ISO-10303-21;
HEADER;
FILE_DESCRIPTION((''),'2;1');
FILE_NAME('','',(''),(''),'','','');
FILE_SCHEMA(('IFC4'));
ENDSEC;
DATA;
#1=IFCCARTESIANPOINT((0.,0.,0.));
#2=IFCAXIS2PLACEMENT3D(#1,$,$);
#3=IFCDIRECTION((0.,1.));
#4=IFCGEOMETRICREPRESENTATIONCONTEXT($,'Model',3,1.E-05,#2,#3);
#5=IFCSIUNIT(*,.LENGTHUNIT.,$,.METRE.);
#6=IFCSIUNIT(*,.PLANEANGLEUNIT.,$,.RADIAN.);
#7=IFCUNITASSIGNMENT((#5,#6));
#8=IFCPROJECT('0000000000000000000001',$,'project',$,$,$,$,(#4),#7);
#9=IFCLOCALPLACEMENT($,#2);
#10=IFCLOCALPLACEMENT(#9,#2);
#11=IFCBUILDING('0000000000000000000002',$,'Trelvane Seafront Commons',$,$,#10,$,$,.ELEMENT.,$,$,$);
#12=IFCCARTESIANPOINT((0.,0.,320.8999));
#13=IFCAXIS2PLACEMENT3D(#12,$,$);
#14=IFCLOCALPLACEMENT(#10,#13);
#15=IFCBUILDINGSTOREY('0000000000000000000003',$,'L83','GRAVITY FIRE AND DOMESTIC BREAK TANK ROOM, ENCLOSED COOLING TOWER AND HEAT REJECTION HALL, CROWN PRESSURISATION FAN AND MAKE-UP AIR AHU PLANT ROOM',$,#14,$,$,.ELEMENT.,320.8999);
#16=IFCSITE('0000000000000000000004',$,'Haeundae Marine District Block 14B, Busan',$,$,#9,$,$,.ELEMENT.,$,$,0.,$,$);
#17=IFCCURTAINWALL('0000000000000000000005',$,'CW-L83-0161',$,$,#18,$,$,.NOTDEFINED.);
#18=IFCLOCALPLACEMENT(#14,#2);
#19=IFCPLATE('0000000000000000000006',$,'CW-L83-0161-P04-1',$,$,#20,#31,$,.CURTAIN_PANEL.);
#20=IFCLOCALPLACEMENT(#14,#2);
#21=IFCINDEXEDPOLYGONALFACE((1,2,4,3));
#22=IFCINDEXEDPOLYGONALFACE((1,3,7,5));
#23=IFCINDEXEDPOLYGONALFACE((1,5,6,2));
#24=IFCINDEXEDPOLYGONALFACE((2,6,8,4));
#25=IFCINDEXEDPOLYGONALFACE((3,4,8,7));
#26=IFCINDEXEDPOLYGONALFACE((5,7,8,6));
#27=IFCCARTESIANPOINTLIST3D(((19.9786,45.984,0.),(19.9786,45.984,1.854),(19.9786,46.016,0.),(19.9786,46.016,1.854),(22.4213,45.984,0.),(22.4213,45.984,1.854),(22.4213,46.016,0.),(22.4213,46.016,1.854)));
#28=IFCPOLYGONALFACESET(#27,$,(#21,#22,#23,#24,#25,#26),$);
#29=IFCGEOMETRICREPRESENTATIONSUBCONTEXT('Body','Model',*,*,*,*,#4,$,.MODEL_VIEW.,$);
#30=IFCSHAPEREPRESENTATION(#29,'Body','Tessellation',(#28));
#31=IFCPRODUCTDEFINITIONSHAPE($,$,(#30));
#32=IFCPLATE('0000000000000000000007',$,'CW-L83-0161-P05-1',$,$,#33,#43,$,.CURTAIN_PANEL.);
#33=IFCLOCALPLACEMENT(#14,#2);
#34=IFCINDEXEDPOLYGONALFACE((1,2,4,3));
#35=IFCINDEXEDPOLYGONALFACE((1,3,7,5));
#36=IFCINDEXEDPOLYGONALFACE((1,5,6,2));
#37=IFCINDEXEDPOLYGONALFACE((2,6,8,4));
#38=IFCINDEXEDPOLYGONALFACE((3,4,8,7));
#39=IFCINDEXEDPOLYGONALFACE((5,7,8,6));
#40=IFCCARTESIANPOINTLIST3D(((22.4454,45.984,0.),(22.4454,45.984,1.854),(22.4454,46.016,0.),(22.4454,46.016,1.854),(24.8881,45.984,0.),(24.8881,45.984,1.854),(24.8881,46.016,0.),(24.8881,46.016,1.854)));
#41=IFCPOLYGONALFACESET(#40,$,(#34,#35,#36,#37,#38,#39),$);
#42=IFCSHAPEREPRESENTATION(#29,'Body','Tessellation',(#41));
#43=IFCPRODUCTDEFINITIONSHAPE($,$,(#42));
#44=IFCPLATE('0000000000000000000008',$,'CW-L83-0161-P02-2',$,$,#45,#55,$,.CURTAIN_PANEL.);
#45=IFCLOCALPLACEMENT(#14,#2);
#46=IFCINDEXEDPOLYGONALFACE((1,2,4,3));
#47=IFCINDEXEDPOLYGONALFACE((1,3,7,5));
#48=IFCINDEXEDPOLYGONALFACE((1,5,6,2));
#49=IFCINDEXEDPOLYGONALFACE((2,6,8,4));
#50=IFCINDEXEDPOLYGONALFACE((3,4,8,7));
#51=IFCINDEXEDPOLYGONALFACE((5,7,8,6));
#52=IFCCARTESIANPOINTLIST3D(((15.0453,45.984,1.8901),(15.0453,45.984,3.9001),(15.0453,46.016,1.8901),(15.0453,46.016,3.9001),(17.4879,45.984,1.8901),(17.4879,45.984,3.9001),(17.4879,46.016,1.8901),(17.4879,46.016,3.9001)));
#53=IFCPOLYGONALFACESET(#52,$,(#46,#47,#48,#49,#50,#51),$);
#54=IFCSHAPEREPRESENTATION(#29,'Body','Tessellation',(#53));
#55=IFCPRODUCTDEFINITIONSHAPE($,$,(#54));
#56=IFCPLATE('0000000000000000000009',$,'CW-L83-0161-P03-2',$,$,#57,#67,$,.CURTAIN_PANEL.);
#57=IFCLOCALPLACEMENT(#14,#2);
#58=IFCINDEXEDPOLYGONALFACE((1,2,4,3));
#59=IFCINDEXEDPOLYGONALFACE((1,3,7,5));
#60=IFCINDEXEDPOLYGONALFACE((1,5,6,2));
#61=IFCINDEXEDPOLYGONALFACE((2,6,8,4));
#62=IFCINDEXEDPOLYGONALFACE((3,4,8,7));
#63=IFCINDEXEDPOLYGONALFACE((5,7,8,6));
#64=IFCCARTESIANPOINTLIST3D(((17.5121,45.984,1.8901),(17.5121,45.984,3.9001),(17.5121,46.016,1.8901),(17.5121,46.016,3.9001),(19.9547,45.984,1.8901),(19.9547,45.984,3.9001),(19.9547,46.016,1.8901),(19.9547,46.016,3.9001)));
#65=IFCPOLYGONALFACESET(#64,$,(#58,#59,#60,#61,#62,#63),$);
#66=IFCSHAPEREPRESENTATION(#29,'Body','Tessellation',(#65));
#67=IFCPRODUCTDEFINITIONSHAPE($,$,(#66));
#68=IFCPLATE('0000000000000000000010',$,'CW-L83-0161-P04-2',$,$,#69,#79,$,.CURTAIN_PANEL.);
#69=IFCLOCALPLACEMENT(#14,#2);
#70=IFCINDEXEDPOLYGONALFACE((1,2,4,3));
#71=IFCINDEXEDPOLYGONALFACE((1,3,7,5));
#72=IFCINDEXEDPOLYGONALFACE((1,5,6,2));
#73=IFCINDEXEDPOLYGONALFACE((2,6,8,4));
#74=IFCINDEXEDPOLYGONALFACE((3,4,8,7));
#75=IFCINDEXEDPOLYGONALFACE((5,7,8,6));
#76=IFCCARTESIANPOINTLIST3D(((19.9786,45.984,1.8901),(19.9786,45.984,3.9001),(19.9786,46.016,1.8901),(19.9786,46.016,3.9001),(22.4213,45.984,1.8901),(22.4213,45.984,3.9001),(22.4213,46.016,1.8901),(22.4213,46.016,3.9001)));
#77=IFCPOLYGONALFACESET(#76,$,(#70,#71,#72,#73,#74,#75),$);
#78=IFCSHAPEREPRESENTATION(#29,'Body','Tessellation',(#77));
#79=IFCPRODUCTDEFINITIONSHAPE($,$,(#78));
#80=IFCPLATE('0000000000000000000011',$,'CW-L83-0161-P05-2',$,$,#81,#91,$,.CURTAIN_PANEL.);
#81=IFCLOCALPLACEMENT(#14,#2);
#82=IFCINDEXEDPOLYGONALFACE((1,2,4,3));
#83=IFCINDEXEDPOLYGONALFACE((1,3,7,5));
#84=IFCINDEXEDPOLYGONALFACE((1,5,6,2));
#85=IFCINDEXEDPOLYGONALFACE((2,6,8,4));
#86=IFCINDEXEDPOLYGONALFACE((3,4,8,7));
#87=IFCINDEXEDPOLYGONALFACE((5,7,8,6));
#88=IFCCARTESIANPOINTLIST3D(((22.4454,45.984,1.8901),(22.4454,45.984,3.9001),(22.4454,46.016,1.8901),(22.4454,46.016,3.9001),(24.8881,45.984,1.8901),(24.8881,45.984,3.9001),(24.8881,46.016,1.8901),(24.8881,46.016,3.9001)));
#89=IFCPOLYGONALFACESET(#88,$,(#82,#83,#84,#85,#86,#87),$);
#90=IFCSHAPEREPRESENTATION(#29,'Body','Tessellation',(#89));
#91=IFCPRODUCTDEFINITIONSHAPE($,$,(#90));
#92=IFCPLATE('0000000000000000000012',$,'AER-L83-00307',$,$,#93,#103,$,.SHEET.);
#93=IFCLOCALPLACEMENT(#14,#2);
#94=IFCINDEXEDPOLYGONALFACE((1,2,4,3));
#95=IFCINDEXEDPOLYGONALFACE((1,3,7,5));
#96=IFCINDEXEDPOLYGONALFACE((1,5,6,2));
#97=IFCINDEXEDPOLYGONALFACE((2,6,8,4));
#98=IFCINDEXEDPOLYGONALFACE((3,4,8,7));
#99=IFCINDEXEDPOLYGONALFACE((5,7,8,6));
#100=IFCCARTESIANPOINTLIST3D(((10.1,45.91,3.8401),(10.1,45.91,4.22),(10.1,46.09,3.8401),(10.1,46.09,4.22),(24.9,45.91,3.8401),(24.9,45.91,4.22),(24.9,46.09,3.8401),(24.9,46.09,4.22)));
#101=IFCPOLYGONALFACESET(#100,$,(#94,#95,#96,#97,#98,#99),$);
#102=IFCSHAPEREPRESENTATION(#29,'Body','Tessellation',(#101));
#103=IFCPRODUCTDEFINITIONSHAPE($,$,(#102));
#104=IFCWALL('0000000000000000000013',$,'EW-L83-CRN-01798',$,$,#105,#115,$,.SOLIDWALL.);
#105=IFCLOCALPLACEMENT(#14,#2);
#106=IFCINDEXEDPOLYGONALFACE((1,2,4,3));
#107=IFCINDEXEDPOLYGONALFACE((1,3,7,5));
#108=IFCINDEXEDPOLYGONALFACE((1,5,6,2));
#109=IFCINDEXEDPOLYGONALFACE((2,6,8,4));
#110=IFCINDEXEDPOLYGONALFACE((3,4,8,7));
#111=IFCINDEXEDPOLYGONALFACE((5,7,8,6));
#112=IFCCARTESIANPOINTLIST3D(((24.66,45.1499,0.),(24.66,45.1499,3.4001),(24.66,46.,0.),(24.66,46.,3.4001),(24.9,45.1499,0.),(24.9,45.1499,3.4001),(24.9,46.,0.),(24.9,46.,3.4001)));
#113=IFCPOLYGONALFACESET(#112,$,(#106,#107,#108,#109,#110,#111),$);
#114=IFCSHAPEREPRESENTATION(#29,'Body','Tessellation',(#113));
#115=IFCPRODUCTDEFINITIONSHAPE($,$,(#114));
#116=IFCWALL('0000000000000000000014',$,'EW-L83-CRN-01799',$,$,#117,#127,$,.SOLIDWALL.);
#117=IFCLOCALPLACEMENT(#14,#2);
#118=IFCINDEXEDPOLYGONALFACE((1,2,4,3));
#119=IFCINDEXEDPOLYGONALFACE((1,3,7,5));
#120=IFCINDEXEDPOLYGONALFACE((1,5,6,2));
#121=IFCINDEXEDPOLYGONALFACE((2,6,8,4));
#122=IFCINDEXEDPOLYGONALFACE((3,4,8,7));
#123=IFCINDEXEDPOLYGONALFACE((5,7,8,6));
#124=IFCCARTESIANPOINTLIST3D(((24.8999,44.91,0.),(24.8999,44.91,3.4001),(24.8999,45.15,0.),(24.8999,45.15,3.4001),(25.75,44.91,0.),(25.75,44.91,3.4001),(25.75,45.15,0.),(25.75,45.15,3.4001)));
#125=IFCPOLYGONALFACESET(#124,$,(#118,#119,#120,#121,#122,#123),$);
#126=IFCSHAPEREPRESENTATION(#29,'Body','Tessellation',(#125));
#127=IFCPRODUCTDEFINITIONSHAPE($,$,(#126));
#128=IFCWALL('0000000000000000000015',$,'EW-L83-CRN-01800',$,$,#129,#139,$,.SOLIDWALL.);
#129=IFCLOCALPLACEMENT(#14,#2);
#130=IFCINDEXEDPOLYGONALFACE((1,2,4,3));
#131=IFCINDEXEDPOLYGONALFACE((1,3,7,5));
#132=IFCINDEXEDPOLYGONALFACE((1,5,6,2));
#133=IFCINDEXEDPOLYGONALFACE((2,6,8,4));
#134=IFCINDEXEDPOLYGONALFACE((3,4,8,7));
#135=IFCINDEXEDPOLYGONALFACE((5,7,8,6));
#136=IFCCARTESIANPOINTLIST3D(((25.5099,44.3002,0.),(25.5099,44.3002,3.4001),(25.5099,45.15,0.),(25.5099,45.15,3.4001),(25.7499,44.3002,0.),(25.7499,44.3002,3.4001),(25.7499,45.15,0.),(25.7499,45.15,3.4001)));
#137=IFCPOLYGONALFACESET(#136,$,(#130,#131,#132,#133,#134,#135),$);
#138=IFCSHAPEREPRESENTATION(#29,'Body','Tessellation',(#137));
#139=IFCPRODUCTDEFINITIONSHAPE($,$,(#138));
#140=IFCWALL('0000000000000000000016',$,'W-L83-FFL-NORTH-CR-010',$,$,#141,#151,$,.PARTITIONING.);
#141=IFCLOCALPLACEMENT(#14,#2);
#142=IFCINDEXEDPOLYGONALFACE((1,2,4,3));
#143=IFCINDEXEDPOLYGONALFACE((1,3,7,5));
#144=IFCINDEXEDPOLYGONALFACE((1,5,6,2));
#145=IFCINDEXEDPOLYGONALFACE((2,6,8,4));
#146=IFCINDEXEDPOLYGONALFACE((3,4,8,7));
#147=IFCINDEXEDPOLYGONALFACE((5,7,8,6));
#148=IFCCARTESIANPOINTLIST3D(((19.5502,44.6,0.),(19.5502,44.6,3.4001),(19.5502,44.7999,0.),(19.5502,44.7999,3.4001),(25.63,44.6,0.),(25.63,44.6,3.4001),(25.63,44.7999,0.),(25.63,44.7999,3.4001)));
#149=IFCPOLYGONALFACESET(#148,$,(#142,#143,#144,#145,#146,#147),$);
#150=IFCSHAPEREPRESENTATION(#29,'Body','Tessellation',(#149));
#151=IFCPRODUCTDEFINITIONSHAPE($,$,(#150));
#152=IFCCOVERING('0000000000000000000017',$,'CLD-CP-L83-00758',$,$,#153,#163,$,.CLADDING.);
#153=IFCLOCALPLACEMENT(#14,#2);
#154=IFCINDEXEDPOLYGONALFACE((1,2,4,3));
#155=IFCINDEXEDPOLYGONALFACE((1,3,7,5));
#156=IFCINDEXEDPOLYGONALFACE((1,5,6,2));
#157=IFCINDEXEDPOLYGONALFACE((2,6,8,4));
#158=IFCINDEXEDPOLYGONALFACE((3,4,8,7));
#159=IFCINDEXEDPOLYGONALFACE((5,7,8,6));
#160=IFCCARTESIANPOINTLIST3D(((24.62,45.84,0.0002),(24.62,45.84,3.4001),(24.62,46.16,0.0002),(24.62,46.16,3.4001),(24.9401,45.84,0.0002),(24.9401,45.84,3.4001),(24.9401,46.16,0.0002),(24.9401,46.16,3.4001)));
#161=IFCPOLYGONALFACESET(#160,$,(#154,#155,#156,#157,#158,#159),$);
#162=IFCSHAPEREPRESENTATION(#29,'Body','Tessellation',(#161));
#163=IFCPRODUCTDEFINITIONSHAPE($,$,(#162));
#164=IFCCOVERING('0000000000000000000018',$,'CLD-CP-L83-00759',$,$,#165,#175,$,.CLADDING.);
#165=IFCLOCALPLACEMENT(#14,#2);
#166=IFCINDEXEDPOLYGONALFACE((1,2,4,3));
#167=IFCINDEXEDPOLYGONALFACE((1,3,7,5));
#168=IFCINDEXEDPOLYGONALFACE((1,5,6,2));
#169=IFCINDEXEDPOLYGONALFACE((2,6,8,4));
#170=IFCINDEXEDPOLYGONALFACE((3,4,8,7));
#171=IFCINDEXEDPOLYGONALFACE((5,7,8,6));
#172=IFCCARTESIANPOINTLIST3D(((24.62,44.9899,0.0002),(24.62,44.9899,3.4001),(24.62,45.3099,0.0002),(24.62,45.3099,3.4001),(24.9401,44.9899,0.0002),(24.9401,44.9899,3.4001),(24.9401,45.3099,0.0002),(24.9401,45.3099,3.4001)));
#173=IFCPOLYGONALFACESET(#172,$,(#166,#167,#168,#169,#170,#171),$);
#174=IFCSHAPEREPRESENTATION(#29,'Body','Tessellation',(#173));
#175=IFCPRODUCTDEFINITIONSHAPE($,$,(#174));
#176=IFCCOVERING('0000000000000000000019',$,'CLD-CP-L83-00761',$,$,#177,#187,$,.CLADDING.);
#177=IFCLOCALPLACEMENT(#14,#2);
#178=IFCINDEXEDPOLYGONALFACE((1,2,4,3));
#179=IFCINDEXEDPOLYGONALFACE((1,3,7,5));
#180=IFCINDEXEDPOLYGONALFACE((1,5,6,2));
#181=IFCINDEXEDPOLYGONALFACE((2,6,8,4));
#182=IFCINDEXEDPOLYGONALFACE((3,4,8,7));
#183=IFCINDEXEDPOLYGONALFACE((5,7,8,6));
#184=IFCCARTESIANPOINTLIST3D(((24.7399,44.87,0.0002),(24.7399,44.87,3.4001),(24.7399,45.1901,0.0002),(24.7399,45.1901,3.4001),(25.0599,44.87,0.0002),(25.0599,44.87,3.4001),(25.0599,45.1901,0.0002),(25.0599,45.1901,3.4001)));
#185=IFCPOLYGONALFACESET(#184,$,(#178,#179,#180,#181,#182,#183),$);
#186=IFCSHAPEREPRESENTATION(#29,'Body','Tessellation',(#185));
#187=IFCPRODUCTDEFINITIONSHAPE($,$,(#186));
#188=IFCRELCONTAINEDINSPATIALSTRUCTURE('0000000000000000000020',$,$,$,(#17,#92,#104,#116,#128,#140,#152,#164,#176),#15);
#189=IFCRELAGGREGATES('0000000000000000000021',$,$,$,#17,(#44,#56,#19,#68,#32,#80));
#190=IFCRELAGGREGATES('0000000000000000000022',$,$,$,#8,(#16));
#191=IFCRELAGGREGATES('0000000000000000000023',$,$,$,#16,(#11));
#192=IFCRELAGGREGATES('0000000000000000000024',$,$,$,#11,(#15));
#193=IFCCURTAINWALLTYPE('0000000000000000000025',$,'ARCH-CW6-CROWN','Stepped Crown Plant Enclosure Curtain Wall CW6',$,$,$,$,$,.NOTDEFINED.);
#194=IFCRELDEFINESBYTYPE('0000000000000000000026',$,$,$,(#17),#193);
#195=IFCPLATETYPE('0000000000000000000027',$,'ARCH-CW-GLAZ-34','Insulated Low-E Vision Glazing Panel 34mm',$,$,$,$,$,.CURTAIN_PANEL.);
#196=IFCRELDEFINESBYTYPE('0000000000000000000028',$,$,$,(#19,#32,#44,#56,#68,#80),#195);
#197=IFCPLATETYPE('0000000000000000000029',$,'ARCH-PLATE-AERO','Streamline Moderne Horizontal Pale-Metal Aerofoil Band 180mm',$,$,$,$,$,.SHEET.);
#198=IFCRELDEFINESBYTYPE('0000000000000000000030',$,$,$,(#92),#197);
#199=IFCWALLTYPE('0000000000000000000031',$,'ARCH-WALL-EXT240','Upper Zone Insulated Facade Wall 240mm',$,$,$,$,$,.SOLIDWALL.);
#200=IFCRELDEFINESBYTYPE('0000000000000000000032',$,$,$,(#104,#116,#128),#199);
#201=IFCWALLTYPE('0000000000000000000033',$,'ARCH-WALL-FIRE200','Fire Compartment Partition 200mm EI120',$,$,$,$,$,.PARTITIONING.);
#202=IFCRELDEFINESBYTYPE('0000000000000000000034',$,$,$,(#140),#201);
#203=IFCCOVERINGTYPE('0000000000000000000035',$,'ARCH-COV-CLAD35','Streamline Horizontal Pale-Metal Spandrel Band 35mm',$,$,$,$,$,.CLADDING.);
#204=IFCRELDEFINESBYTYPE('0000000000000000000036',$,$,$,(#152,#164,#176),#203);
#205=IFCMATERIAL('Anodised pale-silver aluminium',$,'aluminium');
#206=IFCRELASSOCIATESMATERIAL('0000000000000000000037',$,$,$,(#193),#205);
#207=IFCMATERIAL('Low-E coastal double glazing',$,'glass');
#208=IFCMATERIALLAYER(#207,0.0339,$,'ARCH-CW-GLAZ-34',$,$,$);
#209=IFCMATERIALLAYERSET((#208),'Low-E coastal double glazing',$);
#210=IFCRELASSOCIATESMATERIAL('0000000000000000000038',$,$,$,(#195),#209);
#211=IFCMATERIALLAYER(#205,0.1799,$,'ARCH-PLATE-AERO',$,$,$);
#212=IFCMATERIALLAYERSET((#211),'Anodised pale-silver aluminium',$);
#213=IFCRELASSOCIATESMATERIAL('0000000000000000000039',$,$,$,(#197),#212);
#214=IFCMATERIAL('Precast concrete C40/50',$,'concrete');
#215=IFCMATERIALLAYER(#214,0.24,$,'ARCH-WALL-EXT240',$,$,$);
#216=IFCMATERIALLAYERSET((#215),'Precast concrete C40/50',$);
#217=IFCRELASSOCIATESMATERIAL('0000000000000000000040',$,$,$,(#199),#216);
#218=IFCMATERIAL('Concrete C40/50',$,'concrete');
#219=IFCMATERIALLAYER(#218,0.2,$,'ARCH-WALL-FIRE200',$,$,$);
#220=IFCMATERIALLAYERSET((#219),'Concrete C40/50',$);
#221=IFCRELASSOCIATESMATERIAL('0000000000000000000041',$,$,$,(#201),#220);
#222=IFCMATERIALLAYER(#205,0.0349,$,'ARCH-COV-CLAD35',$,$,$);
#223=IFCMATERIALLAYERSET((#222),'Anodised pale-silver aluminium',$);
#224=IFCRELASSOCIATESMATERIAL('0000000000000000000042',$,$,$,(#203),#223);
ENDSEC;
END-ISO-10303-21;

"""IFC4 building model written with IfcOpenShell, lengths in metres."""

from ifc_helpers import new_model, si_unit, direction, frame, frame_2d, origin, origin_2d, place, context, subcontext, project, spatial, rectangle, extrude, source, transform, mapped, material, layer, layer_set, type_object, element, aggregate, save


model = new_model("IFC4")

# Units and contexts
model_context = context("Model", 3, precision=1e-05, world=origin(), true_north=direction((0.0, 1.0)))
body_context = subcontext(model_context, "Body", "Model", "MODEL_VIEW")
ifc_project = project(units=[si_unit("LENGTHUNIT", "METRE"), si_unit("PLANEANGLEUNIT", "RADIAN")], contexts=[model_context])

# Site, building, storey
site_placement = place(None, origin())
site = spatial("IfcSite", under=ifc_project, at=site_placement, Name="Haeundae Marine District Block 14B, Busan", CompositionType="ELEMENT", RefElevation=0.0)
building_placement = place(site_placement, origin())
building = spatial("IfcBuilding", under=site, at=building_placement, Name="Trelvane Seafront Commons", CompositionType="ELEMENT")
storey_placement = place(building_placement, frame((0.0, 0.0, 320.8999)))
storey = spatial("IfcBuildingStorey", under=building, at=storey_placement, Name="L83", Description="GRAVITY FIRE AND DOMESTIC BREAK TANK ROOM, ENCLOSED COOLING TOWER AND HEAT REJECTION HALL, CROWN PRESSURISATION FAN AND MAKE-UP AIR AHU PLANT ROOM", CompositionType="ELEMENT", Elevation=320.8999)

# Curtain wall
ifc_material_1 = material(Name="Anodised pale-silver aluminium", Category="aluminium")
curtain_wall_type = type_object("IfcCurtainWallType", Name="ARCH-CW6-CROWN", Description="Stepped Crown Plant Enclosure Curtain Wall CW6", PredefinedType="NOTDEFINED", material=ifc_material_1)
curtain_wall_placement = place(storey_placement, origin())
curtain_wall = element("IfcCurtainWall", 1, at=curtain_wall_placement, inside=storey, type_object=curtain_wall_type, Name="CW-L83-0161", PredefinedType="NOTDEFINED")

# Plates
ifc_material_2 = material(Name="Low-E coastal double glazing", Category="glass")
ifc_layer_1 = layer(ifc_material_2, 0.0339, Name="ARCH-CW-GLAZ-34")
ifc_layer_set_1 = layer_set([ifc_layer_1], Name="Low-E coastal double glazing")
plate_type_1 = type_object("IfcPlateType", Name="ARCH-CW-GLAZ-34", Description="Insulated Low-E Vision Glazing Panel 34mm", PredefinedType="CURTAIN_PANEL", material=ifc_layer_set_1)
shared_shape_1 = source(origin(), body_context, "Body", "SweptSolid", [
    extrude(rectangle(XDim=2.4426, YDim=0.032, at=origin_2d()), origin(), (0.0, 0.0, 1.0), 1.854),
])
plate_1_placement = place(storey_placement, frame((21.2, 46.0, 0.0), z_axis=(0.0, 0.0, 1.0), x_axis=(1.0, 0.0, 0.0)))
plate_1 = element("IfcPlate", 2, at=plate_1_placement, type_object=plate_type_1, Name="CW-L83-0161-P04-1", PredefinedType="CURTAIN_PANEL", context=body_context, shape_type="MappedRepresentation", body=[
    mapped(shared_shape_1, transform((0.0, 0.0, 0.0), x_axis=(1.0, 0.0, 0.0), y_axis=(0.0, 1.0, 0.0), z_axis=(0.0, 0.0, 1.0), scale=1.0)),
])
plate_2_placement = place(storey_placement, frame((23.6667, 46.0, 0.0), z_axis=(0.0, 0.0, 1.0), x_axis=(1.0, 0.0, 0.0)))
plate_2 = element("IfcPlate", 3, at=plate_2_placement, type_object=plate_type_1, Name="CW-L83-0161-P05-1", PredefinedType="CURTAIN_PANEL", context=body_context, shape_type="MappedRepresentation", body=[
    mapped(shared_shape_1, transform((0.0, 0.0, 0.0), x_axis=(1.0, 0.0, 0.0), y_axis=(0.0, 1.0, 0.0), z_axis=(0.0, 0.0, 1.0), scale=1.0)),
])
shared_shape_2 = source(origin(), body_context, "Body", "SweptSolid", [
    extrude(rectangle(XDim=2.4426, YDim=0.032, at=origin_2d()), origin(), (0.0, 0.0, 1.0), 2.01),
])
plate_3_placement = place(storey_placement, frame((16.2666, 46.0, 1.8901), z_axis=(0.0, 0.0, 1.0), x_axis=(1.0, 0.0, 0.0)))
plate_3 = element("IfcPlate", 4, at=plate_3_placement, type_object=plate_type_1, Name="CW-L83-0161-P02-2", PredefinedType="CURTAIN_PANEL", context=body_context, shape_type="MappedRepresentation", body=[
    mapped(shared_shape_2, transform((0.0, 0.0, 0.0), x_axis=(1.0, 0.0, 0.0), y_axis=(0.0, 1.0, 0.0), z_axis=(0.0, 0.0, 1.0), scale=1.0)),
])
plate_4_placement = place(storey_placement, frame((18.7334, 46.0, 1.8901), z_axis=(0.0, 0.0, 1.0), x_axis=(1.0, 0.0, 0.0)))
plate_4 = element("IfcPlate", 5, at=plate_4_placement, type_object=plate_type_1, Name="CW-L83-0161-P03-2", PredefinedType="CURTAIN_PANEL", context=body_context, shape_type="MappedRepresentation", body=[
    mapped(shared_shape_2, transform((0.0, 0.0, 0.0), x_axis=(1.0, 0.0, 0.0), y_axis=(0.0, 1.0, 0.0), z_axis=(0.0, 0.0, 1.0), scale=1.0)),
])
plate_5_placement = place(storey_placement, frame((21.2, 46.0, 1.8901), z_axis=(0.0, 0.0, 1.0), x_axis=(1.0, 0.0, 0.0)))
plate_5 = element("IfcPlate", 6, at=plate_5_placement, type_object=plate_type_1, Name="CW-L83-0161-P04-2", PredefinedType="CURTAIN_PANEL", context=body_context, shape_type="MappedRepresentation", body=[
    mapped(shared_shape_2, transform((0.0, 0.0, 0.0), x_axis=(1.0, 0.0, 0.0), y_axis=(0.0, 1.0, 0.0), z_axis=(0.0, 0.0, 1.0), scale=1.0)),
])
plate_6_placement = place(storey_placement, frame((23.6667, 46.0, 1.8901), z_axis=(0.0, 0.0, 1.0), x_axis=(1.0, 0.0, 0.0)))
plate_6 = element("IfcPlate", 7, at=plate_6_placement, type_object=plate_type_1, Name="CW-L83-0161-P05-2", PredefinedType="CURTAIN_PANEL", context=body_context, shape_type="MappedRepresentation", body=[
    mapped(shared_shape_2, transform((0.0, 0.0, 0.0), x_axis=(1.0, 0.0, 0.0), y_axis=(0.0, 1.0, 0.0), z_axis=(0.0, 0.0, 1.0), scale=1.0)),
])
aggregate(curtain_wall, [plate_3, plate_4, plate_1, plate_5, plate_2, plate_6])
ifc_layer_2 = layer(ifc_material_1, 0.1799, Name="ARCH-PLATE-AERO")
ifc_layer_set_2 = layer_set([ifc_layer_2], Name="Anodised pale-silver aluminium")
plate_type_2 = type_object("IfcPlateType", Name="ARCH-PLATE-AERO", Description="Streamline Moderne Horizontal Pale-Metal Aerofoil Band 180mm", PredefinedType="SHEET", material=ifc_layer_set_2)
shared_shape_3 = source(origin(), body_context, "Body", "SweptSolid", [
    extrude(rectangle(XDim=14.8, YDim=0.1799, at=origin_2d()), origin(), (0.0, 0.0, 1.0), 0.3799),
])
plate_7_placement = place(storey_placement, frame((17.5, 46.0, 3.8401), z_axis=(0.0, 0.0, 1.0), x_axis=(1.0, 0.0, 0.0)))
element("IfcPlate", 8, at=plate_7_placement, inside=storey, type_object=plate_type_2, Name="AER-L83-00307", PredefinedType="SHEET", context=body_context, shape_type="MappedRepresentation", body=[
    mapped(shared_shape_3, transform((0.0, 0.0, 0.0), x_axis=(1.0, 0.0, 0.0), y_axis=(0.0, 1.0, 0.0), z_axis=(0.0, 0.0, 1.0), scale=1.0)),
])

# Walls
ifc_material_3 = material(Name="Precast concrete C40/50", Category="concrete")
ifc_layer_3 = layer(ifc_material_3, 0.24, Name="ARCH-WALL-EXT240")
ifc_layer_set_3 = layer_set([ifc_layer_3], Name="Precast concrete C40/50")
wall_type_1 = type_object("IfcWallType", Name="ARCH-WALL-EXT240", Description="Upper Zone Insulated Facade Wall 240mm", PredefinedType="SOLIDWALL", material=ifc_layer_set_3)
for number, where, z_axis, x_axis, name in (
    (9, (24.78, 46.0, 0.0), (0.0, 0.0, 1.0), (0.0, -1.0, 0.0), "EW-L83-CRN-01798"),
    (10, (24.8999, 45.03, 0.0), (0.0, 0.0, 1.0), (1.0, 0.0, 0.0), "EW-L83-CRN-01799"),
):
    element("IfcWall", number, at=place(storey_placement, frame(where, z_axis=z_axis, x_axis=x_axis)), inside=storey, type_object=wall_type_1, Name=name, PredefinedType="SOLIDWALL", context=body_context, shape_type="SweptSolid", body=[
        extrude(rectangle(XDim=0.8501, YDim=0.24, at=frame_2d((0.425, 0.0))), origin(), (0.0, 0.0, 1.0), 3.4001),
    ])
wall_1_placement = place(storey_placement, frame((25.6299, 45.1499, 0.0), z_axis=(0.0, 0.0, 1.0), x_axis=(0.0, -1.0, 0.0)))
element("IfcWall", 11, at=wall_1_placement, inside=storey, type_object=wall_type_1, Name="EW-L83-CRN-01800", PredefinedType="SOLIDWALL", context=body_context, shape_type="SweptSolid", body=[
    extrude(rectangle(XDim=0.8499, YDim=0.24, at=frame_2d((0.4248, 0.0))), origin(), (0.0, 0.0, 1.0), 3.4001),
])
ifc_material_4 = material(Name="Concrete C40/50", Category="concrete")
ifc_layer_4 = layer(ifc_material_4, 0.2, Name="ARCH-WALL-FIRE200")
ifc_layer_set_4 = layer_set([ifc_layer_4], Name="Concrete C40/50")
wall_type_2 = type_object("IfcWallType", Name="ARCH-WALL-FIRE200", Description="Fire Compartment Partition 200mm EI120", PredefinedType="PARTITIONING", material=ifc_layer_set_4)
wall_2_placement = place(storey_placement, frame((19.55, 44.7, 0.0), z_axis=(0.0, 0.0, 1.0), x_axis=(1.0, 0.0, 0.0)))
element("IfcWall", 12, at=wall_2_placement, inside=storey, type_object=wall_type_2, Name="W-L83-FFL-NORTH-CR-010", PredefinedType="PARTITIONING", context=body_context, shape_type="SweptSolid", body=[
    extrude(rectangle(XDim=6.0798, YDim=0.2, at=frame_2d((3.04, 0.0))), origin(), (0.0, 0.0, 1.0), 3.4001),
])

# Coverings
ifc_layer_5 = layer(ifc_material_1, 0.0349, Name="ARCH-COV-CLAD35")
ifc_layer_set_5 = layer_set([ifc_layer_5], Name="Anodised pale-silver aluminium")
covering_type = type_object("IfcCoveringType", Name="ARCH-COV-CLAD35", Description="Streamline Horizontal Pale-Metal Spandrel Band 35mm", PredefinedType="CLADDING", material=ifc_layer_set_5)
shared_shape_4 = source(origin(), body_context, "Body", "SweptSolid", [
    extrude(rectangle(XDim=0.3201, YDim=0.3201, at=origin_2d()), origin(), (0.0, 0.0, 1.0), 3.3999),
])
for number, where, z_axis, x_axis, name in (
    (13, (24.78, 46.0, 0.0002), (0.0, 0.0, 1.0), (1.0, 0.0, 0.0), "CLD-CP-L83-00758"),
    (14, (24.78, 45.1499, 0.0002), (0.0, 0.0, 1.0), (1.0, 0.0, 0.0), "CLD-CP-L83-00759"),
    (15, (24.8999, 45.03, 0.0002), (0.0, 0.0, 1.0), (1.0, 0.0, 0.0), "CLD-CP-L83-00761"),
):
    element("IfcCovering", number, at=place(storey_placement, frame(where, z_axis=z_axis, x_axis=x_axis)), inside=storey, type_object=covering_type, Name=name, PredefinedType="CLADDING", context=body_context, shape_type="MappedRepresentation", body=[
        mapped(shared_shape_4, transform((0.0, 0.0, 0.0), x_axis=(1.0, 0.0, 0.0), y_axis=(0.0, 1.0, 0.0), z_axis=(0.0, 0.0, 1.0), scale=1.0)),
    ])

save(model, "model.ifc")
